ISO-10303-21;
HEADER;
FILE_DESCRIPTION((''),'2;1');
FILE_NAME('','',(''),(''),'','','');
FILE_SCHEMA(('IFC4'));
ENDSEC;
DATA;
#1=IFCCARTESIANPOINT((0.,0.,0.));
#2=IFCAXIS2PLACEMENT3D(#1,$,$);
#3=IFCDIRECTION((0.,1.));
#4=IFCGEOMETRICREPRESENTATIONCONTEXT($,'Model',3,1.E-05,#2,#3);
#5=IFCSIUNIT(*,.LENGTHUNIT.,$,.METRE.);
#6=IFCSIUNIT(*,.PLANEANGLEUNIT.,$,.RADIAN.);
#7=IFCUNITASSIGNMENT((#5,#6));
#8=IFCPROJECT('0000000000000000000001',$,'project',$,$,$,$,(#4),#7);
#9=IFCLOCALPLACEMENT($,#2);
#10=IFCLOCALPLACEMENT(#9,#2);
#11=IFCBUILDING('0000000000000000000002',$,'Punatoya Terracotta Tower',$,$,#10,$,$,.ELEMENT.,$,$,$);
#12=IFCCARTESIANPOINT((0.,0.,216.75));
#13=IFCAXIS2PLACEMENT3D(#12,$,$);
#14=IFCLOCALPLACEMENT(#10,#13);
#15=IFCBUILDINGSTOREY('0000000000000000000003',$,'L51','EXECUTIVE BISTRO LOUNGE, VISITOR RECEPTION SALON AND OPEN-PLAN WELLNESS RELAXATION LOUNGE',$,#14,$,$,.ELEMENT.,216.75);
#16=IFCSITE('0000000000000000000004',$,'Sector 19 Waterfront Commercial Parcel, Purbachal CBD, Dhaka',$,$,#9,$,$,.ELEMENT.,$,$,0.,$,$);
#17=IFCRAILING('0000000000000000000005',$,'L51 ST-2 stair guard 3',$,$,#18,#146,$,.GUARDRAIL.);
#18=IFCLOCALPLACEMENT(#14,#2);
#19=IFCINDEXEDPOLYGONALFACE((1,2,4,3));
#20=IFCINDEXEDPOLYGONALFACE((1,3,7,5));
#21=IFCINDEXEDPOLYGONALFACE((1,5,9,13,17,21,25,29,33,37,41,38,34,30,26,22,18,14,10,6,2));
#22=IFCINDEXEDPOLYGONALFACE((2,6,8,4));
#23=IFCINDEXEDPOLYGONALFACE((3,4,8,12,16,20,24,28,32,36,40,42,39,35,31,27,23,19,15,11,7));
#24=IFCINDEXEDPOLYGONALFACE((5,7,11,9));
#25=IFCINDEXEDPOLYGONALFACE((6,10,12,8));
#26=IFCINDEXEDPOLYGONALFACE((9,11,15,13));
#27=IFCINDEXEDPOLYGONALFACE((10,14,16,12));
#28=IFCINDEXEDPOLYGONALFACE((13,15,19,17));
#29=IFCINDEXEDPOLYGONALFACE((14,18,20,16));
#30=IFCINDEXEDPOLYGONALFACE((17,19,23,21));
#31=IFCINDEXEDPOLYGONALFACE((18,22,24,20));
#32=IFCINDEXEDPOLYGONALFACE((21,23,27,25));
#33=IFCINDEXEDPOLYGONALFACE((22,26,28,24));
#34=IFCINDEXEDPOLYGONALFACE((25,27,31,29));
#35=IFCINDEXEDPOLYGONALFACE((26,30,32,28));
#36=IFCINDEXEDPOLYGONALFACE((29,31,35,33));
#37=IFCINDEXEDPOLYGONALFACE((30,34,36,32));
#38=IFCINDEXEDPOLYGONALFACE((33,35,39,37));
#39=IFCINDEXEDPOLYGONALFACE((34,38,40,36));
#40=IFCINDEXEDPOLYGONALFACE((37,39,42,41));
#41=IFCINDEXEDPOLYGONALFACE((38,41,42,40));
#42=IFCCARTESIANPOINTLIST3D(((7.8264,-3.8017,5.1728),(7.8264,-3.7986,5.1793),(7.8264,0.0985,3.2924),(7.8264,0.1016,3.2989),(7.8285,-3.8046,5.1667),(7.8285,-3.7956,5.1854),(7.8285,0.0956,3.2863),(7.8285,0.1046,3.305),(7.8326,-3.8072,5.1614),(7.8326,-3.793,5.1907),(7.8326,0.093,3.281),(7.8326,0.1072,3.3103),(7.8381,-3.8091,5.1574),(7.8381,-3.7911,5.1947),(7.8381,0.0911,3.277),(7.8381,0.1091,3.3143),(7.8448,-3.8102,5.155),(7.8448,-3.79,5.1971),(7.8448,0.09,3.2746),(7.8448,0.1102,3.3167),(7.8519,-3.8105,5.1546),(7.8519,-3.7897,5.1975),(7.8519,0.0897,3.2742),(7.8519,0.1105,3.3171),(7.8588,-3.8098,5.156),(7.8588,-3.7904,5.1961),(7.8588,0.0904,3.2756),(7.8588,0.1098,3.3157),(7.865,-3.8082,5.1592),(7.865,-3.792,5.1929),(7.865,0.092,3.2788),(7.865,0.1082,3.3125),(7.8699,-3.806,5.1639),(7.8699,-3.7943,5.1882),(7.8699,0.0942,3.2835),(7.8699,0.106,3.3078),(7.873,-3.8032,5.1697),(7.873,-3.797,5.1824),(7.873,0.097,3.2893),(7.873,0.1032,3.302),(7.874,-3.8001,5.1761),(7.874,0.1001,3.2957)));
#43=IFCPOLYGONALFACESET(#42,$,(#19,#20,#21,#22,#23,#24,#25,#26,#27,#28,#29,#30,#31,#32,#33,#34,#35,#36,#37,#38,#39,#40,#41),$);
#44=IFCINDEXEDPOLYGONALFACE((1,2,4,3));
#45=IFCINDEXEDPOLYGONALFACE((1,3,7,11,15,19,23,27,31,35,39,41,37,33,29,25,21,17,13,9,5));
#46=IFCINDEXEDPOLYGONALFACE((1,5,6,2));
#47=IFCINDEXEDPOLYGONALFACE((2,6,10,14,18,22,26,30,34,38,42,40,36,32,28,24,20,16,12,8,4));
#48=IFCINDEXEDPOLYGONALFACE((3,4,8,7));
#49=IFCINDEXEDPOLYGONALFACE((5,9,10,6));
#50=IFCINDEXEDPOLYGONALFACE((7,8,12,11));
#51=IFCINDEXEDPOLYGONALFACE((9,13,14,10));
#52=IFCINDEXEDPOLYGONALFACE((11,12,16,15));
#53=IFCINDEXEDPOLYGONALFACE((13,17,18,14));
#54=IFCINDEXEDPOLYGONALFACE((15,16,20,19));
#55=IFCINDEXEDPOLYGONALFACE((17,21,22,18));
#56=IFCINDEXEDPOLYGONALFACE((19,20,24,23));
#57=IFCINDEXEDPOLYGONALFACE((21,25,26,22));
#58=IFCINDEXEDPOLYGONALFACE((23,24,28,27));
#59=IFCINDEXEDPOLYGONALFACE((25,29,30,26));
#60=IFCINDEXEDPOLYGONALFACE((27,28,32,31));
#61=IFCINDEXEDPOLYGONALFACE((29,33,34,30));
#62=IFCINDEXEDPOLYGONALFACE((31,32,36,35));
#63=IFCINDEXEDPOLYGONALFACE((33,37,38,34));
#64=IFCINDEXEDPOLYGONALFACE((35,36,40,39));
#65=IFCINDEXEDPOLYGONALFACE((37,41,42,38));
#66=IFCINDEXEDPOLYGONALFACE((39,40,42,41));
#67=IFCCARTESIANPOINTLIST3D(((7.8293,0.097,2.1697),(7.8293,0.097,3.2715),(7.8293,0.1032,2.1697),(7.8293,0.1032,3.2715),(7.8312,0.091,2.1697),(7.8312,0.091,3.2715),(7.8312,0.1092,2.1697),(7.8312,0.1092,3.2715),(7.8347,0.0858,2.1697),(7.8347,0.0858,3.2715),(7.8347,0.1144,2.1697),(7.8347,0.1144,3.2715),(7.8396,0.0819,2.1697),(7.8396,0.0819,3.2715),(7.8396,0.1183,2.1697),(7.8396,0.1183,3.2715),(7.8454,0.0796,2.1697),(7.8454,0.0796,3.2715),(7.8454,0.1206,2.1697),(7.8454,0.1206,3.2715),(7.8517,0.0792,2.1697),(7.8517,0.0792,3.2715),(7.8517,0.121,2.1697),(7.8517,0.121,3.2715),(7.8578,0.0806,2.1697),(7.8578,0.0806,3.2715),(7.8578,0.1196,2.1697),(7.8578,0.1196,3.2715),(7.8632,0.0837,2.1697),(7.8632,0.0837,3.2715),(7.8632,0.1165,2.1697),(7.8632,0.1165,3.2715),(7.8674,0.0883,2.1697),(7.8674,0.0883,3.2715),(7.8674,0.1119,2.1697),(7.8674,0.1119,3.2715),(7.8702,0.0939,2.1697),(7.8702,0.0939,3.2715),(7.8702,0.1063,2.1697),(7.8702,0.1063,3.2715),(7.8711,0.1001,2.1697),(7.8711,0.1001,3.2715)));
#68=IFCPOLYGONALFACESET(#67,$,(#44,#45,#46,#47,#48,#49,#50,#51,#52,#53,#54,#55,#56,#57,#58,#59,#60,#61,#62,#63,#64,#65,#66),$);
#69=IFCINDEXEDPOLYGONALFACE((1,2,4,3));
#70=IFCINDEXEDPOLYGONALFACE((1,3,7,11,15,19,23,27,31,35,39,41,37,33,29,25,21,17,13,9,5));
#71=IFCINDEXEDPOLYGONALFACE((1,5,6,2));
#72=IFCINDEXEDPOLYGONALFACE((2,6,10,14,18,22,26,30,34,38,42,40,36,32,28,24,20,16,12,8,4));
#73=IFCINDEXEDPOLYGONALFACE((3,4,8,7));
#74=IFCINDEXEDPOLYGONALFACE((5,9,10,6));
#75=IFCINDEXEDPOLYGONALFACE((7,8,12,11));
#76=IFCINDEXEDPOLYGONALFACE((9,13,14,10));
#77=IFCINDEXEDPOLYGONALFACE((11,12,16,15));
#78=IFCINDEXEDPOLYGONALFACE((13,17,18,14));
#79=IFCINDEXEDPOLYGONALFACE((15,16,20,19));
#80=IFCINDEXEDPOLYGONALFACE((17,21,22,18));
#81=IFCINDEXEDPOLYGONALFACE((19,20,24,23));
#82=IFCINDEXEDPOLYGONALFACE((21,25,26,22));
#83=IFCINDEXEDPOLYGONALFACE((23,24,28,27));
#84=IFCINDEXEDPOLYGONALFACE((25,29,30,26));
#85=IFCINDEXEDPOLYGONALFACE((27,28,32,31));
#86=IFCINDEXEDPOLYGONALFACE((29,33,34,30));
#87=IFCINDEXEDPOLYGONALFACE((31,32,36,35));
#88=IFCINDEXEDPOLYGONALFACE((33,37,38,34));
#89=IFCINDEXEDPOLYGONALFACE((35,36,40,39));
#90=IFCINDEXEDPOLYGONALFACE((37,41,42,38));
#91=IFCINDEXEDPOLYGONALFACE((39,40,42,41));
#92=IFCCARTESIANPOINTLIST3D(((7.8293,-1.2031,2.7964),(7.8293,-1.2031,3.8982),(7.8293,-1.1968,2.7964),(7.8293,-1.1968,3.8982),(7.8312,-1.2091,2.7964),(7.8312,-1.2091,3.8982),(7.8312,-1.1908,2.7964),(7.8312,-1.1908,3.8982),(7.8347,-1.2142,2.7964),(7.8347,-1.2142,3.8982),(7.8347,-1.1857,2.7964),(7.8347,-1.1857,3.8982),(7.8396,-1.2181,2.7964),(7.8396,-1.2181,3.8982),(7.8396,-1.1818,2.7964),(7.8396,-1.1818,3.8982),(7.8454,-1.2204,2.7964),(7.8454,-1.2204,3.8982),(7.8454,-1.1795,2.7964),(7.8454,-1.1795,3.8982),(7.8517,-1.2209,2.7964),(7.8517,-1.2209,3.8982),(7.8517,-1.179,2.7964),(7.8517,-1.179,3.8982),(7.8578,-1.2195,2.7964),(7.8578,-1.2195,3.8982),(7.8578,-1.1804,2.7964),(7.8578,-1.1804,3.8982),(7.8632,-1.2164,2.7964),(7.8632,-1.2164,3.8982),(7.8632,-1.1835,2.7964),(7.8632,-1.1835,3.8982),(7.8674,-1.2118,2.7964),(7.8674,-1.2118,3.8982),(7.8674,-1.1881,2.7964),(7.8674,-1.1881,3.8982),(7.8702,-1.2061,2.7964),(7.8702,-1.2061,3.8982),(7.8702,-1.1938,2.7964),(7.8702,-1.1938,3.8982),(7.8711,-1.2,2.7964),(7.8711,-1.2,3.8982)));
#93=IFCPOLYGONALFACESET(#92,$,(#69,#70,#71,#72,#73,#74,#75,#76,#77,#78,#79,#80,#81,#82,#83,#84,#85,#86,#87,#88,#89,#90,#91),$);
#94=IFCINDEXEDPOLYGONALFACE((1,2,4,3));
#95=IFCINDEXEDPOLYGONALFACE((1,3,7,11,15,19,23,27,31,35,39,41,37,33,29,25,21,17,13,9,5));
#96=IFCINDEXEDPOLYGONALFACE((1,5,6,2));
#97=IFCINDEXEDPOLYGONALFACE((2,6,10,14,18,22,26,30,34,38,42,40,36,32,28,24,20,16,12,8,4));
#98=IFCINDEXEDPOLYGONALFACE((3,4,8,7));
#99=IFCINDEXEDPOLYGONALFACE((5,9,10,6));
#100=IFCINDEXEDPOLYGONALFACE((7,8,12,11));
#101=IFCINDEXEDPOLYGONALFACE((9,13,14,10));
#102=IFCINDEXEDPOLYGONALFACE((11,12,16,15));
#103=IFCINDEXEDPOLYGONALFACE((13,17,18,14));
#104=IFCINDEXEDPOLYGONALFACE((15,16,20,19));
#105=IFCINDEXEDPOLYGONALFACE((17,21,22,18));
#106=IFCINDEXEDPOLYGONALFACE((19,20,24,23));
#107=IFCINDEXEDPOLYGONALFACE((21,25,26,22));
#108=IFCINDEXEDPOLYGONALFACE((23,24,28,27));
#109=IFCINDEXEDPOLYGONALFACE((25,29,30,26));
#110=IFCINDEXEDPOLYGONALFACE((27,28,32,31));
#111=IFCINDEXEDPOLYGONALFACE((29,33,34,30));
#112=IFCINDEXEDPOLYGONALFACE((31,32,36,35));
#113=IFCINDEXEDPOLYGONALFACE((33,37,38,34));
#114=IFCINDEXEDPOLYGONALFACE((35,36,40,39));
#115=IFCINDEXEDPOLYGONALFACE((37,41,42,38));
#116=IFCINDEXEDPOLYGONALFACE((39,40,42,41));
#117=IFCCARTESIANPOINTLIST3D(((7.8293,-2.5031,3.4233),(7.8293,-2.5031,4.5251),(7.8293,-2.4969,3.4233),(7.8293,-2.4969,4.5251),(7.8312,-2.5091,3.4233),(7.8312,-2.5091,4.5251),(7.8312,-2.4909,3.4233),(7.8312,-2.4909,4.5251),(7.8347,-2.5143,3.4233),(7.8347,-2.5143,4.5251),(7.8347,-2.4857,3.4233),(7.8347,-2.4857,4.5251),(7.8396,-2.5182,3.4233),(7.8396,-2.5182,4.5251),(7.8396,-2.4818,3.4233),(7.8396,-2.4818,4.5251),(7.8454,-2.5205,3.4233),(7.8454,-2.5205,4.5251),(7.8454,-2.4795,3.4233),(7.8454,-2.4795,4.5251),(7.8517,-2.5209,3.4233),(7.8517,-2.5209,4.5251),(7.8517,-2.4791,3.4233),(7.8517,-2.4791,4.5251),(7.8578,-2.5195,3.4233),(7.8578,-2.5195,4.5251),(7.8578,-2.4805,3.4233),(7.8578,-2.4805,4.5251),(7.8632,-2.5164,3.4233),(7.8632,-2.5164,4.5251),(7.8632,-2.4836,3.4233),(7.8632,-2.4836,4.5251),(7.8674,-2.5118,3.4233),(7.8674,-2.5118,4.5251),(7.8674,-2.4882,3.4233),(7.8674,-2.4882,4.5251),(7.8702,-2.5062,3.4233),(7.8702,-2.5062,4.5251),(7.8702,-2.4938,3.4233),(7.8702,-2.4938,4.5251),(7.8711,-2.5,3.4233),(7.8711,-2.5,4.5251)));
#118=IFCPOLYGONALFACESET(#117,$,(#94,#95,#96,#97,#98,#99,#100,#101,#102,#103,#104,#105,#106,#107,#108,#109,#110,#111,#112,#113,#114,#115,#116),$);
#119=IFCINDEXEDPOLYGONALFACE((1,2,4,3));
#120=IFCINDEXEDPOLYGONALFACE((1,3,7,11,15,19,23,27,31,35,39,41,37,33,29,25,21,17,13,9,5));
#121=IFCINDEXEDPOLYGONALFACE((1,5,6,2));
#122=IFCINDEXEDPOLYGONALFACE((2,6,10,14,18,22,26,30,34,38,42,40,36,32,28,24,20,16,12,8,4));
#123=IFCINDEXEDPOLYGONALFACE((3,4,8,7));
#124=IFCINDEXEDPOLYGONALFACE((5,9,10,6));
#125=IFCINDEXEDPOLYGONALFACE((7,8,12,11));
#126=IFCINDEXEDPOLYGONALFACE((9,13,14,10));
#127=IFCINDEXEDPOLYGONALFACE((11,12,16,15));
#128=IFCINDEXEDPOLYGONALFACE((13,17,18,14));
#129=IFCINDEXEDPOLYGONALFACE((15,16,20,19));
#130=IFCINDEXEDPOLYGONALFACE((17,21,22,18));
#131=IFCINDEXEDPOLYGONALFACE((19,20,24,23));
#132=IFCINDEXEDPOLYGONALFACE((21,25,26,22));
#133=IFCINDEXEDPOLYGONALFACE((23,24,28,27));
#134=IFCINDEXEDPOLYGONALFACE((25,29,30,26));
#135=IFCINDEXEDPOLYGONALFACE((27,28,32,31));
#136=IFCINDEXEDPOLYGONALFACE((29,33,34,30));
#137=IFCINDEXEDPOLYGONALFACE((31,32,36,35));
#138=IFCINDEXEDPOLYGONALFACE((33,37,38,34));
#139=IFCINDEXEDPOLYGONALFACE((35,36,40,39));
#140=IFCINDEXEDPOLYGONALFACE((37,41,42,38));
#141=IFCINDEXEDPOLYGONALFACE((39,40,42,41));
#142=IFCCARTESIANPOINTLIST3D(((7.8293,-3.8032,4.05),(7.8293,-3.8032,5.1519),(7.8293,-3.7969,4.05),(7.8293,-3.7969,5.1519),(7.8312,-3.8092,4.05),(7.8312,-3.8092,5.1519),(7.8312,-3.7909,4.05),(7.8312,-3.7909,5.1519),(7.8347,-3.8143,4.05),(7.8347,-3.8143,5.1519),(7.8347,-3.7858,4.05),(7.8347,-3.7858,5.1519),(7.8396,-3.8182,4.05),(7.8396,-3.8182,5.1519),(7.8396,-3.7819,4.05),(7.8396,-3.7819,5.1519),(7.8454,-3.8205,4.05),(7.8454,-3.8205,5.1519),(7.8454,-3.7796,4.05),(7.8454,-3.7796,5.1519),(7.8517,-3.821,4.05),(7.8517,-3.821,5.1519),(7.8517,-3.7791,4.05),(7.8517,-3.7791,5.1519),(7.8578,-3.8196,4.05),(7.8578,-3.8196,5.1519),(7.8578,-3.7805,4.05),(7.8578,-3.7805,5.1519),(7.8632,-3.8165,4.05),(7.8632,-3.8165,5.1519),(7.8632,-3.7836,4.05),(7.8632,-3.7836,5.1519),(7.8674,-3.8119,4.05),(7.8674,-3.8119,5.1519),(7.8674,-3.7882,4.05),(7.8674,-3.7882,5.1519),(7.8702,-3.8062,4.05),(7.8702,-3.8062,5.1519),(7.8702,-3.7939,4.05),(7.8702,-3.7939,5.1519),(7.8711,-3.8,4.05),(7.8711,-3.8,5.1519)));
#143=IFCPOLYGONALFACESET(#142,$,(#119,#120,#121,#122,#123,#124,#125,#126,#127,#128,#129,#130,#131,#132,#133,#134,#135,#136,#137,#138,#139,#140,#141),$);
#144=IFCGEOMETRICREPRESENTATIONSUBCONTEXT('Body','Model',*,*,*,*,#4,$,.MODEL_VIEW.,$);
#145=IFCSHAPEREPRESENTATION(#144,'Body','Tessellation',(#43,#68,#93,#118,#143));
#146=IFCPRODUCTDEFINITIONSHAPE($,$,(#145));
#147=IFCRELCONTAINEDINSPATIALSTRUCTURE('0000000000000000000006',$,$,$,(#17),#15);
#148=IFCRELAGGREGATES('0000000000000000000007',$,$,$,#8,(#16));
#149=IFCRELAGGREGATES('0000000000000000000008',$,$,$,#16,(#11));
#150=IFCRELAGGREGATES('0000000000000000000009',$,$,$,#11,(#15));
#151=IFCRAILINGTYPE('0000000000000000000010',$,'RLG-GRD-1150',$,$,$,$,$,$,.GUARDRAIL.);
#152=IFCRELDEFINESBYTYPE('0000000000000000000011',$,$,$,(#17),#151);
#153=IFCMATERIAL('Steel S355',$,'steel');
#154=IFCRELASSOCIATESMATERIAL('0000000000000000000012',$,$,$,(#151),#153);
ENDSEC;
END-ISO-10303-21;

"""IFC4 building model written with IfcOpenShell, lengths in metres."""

from ifc_helpers import new_model, si_unit, direction, frame, origin, origin_2d, place, context, subcontext, project, spatial, circle, extrude, material, type_object, element, save


model = new_model("IFC4")

# Units and contexts
model_context = context("Model", 3, precision=1e-05, world=origin(), true_north=direction((0.0, 1.0)))
body_context = subcontext(model_context, "Body", "Model", "MODEL_VIEW")
ifc_project = project(units=[si_unit("LENGTHUNIT", "METRE"), si_unit("PLANEANGLEUNIT", "RADIAN")], contexts=[model_context])

# Site, building, storey
site_placement = place(None, origin())
site = spatial("IfcSite", under=ifc_project, at=site_placement, Name="Sector 19 Waterfront Commercial Parcel, Purbachal CBD, Dhaka", CompositionType="ELEMENT", RefElevation=0.0)
building_placement = place(site_placement, origin())
building = spatial("IfcBuilding", under=site, at=building_placement, Name="Punatoya Terracotta Tower", CompositionType="ELEMENT")
storey_placement = place(building_placement, frame((0.0, 0.0, 216.75)))
storey = spatial("IfcBuildingStorey", under=building, at=storey_placement, Name="L51", Description="EXECUTIVE BISTRO LOUNGE, VISITOR RECEPTION SALON AND OPEN-PLAN WELLNESS RELAXATION LOUNGE", CompositionType="ELEMENT", Elevation=216.75)

# Shared definitions
ifc_material_1 = material(Name="Steel S355", Category="steel")

# Railing
railing_type_1 = type_object("IfcRailingType", Name="RLG-GRD-1150", PredefinedType="GUARDRAIL", material=ifc_material_1)
railing_1_placement = place(storey_placement, frame((7.8501, 0.1001, 2.1697)))
element("IfcRailing", 1, at=railing_1_placement, inside=storey, type_object=railing_type_1, Name="L51 ST-2 stair guard 3", PredefinedType="GUARDRAIL", context=body_context, shape_type="SweptSolid", body=[
    extrude(circle(Radius=0.0239, at=origin_2d()), frame((0.0, 0.0, 1.126), z_axis=(0.0, -0.900774, 0.434289), x_axis=(1.0, 0.0, 0.0)), (0.0, 0.0, 1.0), 4.3298),
    extrude(circle(Radius=0.021, at=origin_2d()), origin(), (0.0, 0.0, 1.0), 1.1018),
    extrude(circle(Radius=0.021, at=origin_2d()), frame((0.0, -1.3, 0.6267)), (0.0, 0.0, 1.0), 1.1018),
    extrude(circle(Radius=0.021, at=origin_2d()), frame((0.0, -2.6001, 1.2537)), (0.0, 0.0, 1.0), 1.1018),
    extrude(circle(Radius=0.021, at=origin_2d()), frame((0.0, -3.9001, 1.8804)), (0.0, 0.0, 1.0), 1.1018),
])

save(model, "model.ifc")
